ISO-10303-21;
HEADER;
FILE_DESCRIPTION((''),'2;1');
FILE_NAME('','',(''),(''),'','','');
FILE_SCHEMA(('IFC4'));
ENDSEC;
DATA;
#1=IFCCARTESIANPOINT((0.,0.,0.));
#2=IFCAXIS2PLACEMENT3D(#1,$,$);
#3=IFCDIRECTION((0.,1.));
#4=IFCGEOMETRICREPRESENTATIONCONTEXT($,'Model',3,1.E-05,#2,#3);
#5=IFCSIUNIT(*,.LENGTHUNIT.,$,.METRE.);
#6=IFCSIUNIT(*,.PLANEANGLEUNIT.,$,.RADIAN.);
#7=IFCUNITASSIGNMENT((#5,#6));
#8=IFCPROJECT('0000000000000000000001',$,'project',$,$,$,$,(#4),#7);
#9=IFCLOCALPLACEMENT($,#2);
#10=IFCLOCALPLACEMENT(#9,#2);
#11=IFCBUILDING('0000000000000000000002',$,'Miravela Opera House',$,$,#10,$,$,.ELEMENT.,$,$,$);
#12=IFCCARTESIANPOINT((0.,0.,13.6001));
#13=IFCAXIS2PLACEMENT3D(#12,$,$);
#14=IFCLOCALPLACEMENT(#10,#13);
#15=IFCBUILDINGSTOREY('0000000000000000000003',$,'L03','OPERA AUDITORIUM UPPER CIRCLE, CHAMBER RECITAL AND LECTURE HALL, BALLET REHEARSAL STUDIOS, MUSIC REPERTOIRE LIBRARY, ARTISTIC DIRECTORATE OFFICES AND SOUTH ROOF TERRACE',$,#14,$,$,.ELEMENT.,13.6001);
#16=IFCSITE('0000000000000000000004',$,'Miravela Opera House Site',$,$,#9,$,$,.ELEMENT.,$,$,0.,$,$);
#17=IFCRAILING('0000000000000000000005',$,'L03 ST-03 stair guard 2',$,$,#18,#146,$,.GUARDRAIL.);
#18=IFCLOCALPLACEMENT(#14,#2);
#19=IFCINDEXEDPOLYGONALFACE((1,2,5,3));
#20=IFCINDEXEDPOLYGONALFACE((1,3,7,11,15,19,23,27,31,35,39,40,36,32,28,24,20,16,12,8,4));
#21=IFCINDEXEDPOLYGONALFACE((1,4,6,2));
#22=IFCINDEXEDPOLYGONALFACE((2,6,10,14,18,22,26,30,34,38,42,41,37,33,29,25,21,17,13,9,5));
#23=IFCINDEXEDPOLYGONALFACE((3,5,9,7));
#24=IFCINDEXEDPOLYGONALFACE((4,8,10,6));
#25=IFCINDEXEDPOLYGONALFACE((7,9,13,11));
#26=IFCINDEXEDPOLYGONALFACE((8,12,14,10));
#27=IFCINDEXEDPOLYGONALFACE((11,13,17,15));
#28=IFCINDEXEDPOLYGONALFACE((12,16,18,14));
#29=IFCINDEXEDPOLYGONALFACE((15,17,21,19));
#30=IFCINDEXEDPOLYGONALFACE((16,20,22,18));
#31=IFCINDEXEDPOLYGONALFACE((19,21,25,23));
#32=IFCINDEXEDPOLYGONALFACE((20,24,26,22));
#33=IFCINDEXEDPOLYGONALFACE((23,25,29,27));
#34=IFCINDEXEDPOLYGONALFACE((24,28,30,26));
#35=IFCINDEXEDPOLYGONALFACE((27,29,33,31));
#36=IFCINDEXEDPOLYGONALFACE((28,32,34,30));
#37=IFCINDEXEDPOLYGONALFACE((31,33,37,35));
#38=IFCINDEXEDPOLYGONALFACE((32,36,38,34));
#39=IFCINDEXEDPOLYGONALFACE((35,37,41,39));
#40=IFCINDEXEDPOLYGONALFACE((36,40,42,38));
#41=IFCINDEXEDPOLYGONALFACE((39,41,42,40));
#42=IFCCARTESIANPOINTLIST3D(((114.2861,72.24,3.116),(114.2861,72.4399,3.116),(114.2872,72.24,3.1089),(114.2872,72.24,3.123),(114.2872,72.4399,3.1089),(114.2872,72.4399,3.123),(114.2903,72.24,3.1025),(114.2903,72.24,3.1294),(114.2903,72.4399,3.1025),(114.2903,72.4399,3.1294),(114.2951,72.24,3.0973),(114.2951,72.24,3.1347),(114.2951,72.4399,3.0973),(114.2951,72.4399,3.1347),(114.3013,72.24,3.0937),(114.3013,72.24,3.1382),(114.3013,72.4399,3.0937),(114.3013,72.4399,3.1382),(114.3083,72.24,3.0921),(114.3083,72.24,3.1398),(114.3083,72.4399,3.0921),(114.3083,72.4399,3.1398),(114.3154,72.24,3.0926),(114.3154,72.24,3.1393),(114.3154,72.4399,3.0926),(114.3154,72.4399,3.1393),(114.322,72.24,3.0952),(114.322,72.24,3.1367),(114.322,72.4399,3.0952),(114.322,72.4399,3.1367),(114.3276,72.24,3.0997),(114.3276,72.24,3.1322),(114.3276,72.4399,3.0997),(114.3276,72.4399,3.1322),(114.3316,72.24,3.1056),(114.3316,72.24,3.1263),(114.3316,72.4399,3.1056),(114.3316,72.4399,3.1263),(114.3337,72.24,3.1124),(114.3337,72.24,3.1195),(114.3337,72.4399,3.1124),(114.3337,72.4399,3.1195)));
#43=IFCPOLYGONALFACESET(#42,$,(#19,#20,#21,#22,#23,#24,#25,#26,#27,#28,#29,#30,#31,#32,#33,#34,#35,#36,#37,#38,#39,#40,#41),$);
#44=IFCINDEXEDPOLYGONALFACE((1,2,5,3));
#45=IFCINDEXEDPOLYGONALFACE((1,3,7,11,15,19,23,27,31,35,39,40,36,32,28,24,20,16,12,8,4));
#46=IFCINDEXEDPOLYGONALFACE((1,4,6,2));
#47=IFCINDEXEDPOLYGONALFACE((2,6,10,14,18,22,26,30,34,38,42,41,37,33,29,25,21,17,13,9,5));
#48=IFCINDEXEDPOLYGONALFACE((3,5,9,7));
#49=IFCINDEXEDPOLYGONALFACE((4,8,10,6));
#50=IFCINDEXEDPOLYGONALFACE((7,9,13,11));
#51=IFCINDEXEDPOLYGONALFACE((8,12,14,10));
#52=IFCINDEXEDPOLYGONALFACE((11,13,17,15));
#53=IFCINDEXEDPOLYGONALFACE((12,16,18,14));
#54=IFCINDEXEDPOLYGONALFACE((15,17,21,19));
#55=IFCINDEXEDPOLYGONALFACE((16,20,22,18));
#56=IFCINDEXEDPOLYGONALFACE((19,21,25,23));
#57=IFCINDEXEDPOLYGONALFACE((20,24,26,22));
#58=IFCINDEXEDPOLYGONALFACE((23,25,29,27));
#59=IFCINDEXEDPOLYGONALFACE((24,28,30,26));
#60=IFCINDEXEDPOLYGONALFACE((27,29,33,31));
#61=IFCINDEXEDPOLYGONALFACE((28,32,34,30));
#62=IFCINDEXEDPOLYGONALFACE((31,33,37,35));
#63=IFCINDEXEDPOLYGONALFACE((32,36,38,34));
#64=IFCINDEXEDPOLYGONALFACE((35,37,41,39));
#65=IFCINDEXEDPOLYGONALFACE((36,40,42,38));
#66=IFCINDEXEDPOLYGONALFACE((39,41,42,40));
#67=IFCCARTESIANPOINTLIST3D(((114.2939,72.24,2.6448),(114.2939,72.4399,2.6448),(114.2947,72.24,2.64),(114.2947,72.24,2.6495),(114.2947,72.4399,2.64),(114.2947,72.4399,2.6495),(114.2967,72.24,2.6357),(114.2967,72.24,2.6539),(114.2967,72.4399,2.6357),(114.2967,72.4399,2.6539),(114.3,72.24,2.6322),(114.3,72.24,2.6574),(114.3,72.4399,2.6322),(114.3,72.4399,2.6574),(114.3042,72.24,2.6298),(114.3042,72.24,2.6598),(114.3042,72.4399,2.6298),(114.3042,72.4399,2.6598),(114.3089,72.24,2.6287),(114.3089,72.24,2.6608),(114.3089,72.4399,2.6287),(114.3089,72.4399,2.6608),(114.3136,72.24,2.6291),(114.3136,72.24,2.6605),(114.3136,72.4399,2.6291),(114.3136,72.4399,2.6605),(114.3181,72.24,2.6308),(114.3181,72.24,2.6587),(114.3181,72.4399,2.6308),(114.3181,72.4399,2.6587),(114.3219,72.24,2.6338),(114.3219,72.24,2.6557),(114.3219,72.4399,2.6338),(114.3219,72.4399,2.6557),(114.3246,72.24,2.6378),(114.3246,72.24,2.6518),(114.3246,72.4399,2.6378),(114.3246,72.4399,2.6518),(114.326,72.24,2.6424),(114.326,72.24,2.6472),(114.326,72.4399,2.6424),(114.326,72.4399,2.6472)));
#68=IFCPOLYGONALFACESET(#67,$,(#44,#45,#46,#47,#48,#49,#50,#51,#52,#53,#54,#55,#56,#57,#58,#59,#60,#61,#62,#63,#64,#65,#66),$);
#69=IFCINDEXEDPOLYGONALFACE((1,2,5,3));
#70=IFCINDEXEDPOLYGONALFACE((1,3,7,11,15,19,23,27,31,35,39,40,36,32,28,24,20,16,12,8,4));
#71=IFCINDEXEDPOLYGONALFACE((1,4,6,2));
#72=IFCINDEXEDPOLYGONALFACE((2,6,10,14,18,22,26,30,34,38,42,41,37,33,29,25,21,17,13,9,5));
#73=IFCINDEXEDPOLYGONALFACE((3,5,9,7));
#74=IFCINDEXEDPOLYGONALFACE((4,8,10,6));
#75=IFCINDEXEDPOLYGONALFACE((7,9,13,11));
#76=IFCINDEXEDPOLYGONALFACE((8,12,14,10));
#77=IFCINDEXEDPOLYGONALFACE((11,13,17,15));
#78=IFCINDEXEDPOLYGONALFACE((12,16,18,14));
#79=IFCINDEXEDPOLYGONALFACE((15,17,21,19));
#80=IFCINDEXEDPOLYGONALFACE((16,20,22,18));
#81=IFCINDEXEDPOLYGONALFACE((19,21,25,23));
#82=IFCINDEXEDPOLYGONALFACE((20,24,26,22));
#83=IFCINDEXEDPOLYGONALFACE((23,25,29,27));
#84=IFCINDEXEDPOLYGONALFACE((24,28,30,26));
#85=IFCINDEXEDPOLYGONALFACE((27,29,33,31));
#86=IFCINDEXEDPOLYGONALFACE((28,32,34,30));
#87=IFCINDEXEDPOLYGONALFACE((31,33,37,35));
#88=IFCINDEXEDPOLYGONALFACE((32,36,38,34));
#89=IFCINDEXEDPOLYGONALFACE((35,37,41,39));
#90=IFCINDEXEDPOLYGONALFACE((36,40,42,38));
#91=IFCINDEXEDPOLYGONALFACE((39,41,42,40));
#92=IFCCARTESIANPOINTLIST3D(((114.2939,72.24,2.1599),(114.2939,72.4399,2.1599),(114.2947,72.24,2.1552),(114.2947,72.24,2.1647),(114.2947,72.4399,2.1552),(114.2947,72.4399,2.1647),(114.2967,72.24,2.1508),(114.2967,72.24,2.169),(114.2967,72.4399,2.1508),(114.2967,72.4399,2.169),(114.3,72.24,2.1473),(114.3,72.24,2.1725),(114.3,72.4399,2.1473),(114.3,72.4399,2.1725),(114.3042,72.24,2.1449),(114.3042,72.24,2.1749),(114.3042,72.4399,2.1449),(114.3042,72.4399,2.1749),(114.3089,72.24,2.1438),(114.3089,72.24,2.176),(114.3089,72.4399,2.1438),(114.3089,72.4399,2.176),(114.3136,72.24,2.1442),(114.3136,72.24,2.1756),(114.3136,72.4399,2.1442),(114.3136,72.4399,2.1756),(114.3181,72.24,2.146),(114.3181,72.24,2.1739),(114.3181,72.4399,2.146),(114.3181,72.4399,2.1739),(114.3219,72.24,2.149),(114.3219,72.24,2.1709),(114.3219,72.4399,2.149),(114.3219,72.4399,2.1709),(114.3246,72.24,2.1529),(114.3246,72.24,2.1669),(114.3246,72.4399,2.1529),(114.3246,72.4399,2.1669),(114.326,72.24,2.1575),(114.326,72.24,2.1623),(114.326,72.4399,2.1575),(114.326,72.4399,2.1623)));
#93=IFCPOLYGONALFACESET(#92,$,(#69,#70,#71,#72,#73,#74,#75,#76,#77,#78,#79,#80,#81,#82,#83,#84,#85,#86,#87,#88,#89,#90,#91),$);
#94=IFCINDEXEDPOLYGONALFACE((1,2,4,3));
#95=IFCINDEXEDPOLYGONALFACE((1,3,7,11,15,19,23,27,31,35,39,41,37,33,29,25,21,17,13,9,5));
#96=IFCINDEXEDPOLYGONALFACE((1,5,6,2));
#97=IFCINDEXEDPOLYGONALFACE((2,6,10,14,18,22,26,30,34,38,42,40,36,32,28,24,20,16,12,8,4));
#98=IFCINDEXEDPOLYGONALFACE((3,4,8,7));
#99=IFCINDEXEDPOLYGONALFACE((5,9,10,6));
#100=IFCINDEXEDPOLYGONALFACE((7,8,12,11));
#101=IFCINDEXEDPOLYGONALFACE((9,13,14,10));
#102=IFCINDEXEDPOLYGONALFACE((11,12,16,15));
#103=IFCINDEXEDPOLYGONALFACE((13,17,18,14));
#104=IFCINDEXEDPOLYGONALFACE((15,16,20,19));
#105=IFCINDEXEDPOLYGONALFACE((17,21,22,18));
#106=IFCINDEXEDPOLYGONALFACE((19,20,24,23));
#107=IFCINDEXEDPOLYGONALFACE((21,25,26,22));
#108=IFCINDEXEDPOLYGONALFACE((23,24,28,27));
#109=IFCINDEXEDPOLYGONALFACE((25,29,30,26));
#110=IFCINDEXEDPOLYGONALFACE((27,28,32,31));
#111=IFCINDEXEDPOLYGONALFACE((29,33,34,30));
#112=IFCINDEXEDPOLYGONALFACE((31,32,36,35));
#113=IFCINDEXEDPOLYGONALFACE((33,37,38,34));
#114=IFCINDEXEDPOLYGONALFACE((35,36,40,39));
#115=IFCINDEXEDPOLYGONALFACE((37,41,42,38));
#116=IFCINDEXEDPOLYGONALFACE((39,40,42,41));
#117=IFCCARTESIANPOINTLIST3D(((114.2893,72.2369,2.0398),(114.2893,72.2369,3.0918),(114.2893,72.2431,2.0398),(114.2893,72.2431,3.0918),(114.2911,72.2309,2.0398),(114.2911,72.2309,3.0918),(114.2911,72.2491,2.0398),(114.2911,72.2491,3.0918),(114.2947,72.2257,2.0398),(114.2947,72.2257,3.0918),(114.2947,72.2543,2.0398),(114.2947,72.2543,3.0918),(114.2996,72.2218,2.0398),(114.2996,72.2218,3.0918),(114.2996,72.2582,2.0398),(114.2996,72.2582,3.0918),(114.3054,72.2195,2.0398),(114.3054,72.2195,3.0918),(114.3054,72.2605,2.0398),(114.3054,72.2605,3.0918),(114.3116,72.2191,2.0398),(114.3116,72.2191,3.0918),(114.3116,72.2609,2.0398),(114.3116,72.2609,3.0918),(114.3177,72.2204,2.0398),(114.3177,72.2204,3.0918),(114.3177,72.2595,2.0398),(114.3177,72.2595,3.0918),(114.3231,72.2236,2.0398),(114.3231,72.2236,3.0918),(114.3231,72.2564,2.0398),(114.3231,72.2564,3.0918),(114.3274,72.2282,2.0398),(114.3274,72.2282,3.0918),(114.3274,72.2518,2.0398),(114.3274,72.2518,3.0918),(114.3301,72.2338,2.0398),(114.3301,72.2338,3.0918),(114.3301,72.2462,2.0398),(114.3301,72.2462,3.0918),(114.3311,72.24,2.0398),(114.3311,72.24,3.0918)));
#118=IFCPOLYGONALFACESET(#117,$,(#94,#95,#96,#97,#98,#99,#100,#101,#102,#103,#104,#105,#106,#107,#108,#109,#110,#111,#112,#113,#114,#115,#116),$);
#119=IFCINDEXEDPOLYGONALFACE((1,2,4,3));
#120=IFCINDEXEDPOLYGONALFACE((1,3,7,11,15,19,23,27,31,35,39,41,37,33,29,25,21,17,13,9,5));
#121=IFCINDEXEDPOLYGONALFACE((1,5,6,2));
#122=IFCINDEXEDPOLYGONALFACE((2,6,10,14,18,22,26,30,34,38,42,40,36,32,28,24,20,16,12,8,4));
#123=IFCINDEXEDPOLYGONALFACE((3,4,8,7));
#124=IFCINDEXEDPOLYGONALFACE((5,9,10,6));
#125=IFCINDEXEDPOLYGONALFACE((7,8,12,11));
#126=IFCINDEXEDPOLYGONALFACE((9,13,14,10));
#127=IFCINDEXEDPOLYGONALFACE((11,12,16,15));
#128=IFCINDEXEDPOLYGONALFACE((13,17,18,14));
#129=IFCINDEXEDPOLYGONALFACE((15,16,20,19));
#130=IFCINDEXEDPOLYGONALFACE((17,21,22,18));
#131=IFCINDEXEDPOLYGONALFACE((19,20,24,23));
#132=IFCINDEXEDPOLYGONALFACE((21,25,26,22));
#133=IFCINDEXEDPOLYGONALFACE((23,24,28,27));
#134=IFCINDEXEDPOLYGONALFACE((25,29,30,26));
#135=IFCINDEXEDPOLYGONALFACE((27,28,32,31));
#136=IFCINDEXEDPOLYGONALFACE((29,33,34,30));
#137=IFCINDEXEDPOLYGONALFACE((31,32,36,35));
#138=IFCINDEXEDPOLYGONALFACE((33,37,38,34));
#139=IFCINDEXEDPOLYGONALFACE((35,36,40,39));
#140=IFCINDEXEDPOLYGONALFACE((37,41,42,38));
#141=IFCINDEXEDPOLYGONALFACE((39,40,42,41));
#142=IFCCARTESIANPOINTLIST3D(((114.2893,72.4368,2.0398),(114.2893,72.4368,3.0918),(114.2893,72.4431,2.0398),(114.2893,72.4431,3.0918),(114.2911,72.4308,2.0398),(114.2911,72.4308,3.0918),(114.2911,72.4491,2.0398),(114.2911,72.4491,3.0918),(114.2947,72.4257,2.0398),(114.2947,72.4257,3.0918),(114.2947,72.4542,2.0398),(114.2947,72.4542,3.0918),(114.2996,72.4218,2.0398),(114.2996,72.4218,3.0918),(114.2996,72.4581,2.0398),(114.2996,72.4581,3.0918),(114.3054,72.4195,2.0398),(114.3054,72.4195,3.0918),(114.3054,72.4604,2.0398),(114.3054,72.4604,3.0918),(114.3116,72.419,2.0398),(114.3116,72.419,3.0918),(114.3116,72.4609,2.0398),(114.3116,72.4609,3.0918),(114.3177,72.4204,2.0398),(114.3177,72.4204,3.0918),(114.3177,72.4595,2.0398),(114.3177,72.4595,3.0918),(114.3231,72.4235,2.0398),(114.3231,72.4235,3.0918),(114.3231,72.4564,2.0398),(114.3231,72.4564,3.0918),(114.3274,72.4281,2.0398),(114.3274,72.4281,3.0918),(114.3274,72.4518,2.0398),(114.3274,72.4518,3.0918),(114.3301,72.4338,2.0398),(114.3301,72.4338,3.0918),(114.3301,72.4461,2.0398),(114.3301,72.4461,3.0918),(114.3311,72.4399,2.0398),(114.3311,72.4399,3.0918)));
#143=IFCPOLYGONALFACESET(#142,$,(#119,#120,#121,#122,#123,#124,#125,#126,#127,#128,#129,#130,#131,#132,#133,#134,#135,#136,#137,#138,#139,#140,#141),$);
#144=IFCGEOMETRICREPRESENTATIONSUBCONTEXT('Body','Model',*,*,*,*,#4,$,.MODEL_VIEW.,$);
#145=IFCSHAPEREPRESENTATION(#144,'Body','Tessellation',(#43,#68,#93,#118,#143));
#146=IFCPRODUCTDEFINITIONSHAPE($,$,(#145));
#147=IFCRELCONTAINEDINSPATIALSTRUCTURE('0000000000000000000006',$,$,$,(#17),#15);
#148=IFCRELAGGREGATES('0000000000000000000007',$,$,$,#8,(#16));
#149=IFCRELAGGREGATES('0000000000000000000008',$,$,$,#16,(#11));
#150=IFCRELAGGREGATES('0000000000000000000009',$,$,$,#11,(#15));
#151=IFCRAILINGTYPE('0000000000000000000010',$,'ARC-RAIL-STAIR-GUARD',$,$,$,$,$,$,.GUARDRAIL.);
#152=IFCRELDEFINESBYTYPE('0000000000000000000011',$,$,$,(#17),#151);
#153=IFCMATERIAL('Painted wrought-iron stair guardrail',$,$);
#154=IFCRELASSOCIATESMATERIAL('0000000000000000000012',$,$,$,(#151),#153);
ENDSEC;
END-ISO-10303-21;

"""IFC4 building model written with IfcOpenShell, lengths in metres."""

from ifc_helpers import new_model, si_unit, direction, frame, origin, origin_2d, place, context, subcontext, project, spatial, circle, extrude, material, type_object, element, save


model = new_model("IFC4")

# Units and contexts
model_context = context("Model", 3, precision=1e-05, world=origin(), true_north=direction((0.0, 1.0)))
body_context = subcontext(model_context, "Body", "Model", "MODEL_VIEW")
ifc_project = project(units=[si_unit("LENGTHUNIT", "METRE"), si_unit("PLANEANGLEUNIT", "RADIAN")], contexts=[model_context])

# Site, building, storey
site_placement = place(None, origin())
site = spatial("IfcSite", under=ifc_project, at=site_placement, Name="Miravela Opera House Site", CompositionType="ELEMENT", RefElevation=0.0)
building_placement = place(site_placement, origin())
building = spatial("IfcBuilding", under=site, at=building_placement, Name="Miravela Opera House", CompositionType="ELEMENT")
storey_placement = place(building_placement, frame((0.0, 0.0, 13.6001)))
storey = spatial("IfcBuildingStorey", under=building, at=storey_placement, Name="L03", Description="OPERA AUDITORIUM UPPER CIRCLE, CHAMBER RECITAL AND LECTURE HALL, BALLET REHEARSAL STUDIOS, MUSIC REPERTOIRE LIBRARY, ARTISTIC DIRECTORATE OFFICES AND SOUTH ROOF TERRACE", CompositionType="ELEMENT", Elevation=13.6001)

# Railing
ifc_material_1 = material(Name="Painted wrought-iron stair guardrail")
railing_type_1 = type_object("IfcRailingType", Name="ARC-RAIL-STAIR-GUARD", PredefinedType="GUARDRAIL", material=ifc_material_1)
railing_1_placement = place(storey_placement, frame((114.3101, 72.24, 2.0398)))
element("IfcRailing", 1, at=railing_1_placement, inside=storey, type_object=railing_type_1, Name="L03 ST-03 stair guard 2", PredefinedType="GUARDRAIL", context=body_context, shape_type="SweptSolid", body=[
    extrude(circle(Radius=0.0239, at=origin_2d()), frame((0.0, 0.0, 1.0762), z_axis=(0.0, 1.0, 0.0), x_axis=(-1.0, 0.0, 0.0)), (0.0, 0.0, 1.0), 0.2),
    extrude(circle(Radius=0.0161, at=origin_2d()), frame((0.0, 0.0, 0.605), z_axis=(0.0, 1.0, 0.0), x_axis=(-1.0, 0.0, 0.0)), (0.0, 0.0, 1.0), 0.2),
    extrude(circle(Radius=0.0161, at=origin_2d()), frame((0.0, 0.0, 0.1201), z_axis=(0.0, 1.0, 0.0), x_axis=(-1.0, 0.0, 0.0)), (0.0, 0.0, 1.0), 0.2),
    extrude(circle(Radius=0.021, at=origin_2d()), origin(), (0.0, 0.0, 1.0), 1.052),
    extrude(circle(Radius=0.021, at=origin_2d()), frame((0.0, 0.2, 0.0)), (0.0, 0.0, 1.0), 1.052),
])

save(model, "model.ifc")
